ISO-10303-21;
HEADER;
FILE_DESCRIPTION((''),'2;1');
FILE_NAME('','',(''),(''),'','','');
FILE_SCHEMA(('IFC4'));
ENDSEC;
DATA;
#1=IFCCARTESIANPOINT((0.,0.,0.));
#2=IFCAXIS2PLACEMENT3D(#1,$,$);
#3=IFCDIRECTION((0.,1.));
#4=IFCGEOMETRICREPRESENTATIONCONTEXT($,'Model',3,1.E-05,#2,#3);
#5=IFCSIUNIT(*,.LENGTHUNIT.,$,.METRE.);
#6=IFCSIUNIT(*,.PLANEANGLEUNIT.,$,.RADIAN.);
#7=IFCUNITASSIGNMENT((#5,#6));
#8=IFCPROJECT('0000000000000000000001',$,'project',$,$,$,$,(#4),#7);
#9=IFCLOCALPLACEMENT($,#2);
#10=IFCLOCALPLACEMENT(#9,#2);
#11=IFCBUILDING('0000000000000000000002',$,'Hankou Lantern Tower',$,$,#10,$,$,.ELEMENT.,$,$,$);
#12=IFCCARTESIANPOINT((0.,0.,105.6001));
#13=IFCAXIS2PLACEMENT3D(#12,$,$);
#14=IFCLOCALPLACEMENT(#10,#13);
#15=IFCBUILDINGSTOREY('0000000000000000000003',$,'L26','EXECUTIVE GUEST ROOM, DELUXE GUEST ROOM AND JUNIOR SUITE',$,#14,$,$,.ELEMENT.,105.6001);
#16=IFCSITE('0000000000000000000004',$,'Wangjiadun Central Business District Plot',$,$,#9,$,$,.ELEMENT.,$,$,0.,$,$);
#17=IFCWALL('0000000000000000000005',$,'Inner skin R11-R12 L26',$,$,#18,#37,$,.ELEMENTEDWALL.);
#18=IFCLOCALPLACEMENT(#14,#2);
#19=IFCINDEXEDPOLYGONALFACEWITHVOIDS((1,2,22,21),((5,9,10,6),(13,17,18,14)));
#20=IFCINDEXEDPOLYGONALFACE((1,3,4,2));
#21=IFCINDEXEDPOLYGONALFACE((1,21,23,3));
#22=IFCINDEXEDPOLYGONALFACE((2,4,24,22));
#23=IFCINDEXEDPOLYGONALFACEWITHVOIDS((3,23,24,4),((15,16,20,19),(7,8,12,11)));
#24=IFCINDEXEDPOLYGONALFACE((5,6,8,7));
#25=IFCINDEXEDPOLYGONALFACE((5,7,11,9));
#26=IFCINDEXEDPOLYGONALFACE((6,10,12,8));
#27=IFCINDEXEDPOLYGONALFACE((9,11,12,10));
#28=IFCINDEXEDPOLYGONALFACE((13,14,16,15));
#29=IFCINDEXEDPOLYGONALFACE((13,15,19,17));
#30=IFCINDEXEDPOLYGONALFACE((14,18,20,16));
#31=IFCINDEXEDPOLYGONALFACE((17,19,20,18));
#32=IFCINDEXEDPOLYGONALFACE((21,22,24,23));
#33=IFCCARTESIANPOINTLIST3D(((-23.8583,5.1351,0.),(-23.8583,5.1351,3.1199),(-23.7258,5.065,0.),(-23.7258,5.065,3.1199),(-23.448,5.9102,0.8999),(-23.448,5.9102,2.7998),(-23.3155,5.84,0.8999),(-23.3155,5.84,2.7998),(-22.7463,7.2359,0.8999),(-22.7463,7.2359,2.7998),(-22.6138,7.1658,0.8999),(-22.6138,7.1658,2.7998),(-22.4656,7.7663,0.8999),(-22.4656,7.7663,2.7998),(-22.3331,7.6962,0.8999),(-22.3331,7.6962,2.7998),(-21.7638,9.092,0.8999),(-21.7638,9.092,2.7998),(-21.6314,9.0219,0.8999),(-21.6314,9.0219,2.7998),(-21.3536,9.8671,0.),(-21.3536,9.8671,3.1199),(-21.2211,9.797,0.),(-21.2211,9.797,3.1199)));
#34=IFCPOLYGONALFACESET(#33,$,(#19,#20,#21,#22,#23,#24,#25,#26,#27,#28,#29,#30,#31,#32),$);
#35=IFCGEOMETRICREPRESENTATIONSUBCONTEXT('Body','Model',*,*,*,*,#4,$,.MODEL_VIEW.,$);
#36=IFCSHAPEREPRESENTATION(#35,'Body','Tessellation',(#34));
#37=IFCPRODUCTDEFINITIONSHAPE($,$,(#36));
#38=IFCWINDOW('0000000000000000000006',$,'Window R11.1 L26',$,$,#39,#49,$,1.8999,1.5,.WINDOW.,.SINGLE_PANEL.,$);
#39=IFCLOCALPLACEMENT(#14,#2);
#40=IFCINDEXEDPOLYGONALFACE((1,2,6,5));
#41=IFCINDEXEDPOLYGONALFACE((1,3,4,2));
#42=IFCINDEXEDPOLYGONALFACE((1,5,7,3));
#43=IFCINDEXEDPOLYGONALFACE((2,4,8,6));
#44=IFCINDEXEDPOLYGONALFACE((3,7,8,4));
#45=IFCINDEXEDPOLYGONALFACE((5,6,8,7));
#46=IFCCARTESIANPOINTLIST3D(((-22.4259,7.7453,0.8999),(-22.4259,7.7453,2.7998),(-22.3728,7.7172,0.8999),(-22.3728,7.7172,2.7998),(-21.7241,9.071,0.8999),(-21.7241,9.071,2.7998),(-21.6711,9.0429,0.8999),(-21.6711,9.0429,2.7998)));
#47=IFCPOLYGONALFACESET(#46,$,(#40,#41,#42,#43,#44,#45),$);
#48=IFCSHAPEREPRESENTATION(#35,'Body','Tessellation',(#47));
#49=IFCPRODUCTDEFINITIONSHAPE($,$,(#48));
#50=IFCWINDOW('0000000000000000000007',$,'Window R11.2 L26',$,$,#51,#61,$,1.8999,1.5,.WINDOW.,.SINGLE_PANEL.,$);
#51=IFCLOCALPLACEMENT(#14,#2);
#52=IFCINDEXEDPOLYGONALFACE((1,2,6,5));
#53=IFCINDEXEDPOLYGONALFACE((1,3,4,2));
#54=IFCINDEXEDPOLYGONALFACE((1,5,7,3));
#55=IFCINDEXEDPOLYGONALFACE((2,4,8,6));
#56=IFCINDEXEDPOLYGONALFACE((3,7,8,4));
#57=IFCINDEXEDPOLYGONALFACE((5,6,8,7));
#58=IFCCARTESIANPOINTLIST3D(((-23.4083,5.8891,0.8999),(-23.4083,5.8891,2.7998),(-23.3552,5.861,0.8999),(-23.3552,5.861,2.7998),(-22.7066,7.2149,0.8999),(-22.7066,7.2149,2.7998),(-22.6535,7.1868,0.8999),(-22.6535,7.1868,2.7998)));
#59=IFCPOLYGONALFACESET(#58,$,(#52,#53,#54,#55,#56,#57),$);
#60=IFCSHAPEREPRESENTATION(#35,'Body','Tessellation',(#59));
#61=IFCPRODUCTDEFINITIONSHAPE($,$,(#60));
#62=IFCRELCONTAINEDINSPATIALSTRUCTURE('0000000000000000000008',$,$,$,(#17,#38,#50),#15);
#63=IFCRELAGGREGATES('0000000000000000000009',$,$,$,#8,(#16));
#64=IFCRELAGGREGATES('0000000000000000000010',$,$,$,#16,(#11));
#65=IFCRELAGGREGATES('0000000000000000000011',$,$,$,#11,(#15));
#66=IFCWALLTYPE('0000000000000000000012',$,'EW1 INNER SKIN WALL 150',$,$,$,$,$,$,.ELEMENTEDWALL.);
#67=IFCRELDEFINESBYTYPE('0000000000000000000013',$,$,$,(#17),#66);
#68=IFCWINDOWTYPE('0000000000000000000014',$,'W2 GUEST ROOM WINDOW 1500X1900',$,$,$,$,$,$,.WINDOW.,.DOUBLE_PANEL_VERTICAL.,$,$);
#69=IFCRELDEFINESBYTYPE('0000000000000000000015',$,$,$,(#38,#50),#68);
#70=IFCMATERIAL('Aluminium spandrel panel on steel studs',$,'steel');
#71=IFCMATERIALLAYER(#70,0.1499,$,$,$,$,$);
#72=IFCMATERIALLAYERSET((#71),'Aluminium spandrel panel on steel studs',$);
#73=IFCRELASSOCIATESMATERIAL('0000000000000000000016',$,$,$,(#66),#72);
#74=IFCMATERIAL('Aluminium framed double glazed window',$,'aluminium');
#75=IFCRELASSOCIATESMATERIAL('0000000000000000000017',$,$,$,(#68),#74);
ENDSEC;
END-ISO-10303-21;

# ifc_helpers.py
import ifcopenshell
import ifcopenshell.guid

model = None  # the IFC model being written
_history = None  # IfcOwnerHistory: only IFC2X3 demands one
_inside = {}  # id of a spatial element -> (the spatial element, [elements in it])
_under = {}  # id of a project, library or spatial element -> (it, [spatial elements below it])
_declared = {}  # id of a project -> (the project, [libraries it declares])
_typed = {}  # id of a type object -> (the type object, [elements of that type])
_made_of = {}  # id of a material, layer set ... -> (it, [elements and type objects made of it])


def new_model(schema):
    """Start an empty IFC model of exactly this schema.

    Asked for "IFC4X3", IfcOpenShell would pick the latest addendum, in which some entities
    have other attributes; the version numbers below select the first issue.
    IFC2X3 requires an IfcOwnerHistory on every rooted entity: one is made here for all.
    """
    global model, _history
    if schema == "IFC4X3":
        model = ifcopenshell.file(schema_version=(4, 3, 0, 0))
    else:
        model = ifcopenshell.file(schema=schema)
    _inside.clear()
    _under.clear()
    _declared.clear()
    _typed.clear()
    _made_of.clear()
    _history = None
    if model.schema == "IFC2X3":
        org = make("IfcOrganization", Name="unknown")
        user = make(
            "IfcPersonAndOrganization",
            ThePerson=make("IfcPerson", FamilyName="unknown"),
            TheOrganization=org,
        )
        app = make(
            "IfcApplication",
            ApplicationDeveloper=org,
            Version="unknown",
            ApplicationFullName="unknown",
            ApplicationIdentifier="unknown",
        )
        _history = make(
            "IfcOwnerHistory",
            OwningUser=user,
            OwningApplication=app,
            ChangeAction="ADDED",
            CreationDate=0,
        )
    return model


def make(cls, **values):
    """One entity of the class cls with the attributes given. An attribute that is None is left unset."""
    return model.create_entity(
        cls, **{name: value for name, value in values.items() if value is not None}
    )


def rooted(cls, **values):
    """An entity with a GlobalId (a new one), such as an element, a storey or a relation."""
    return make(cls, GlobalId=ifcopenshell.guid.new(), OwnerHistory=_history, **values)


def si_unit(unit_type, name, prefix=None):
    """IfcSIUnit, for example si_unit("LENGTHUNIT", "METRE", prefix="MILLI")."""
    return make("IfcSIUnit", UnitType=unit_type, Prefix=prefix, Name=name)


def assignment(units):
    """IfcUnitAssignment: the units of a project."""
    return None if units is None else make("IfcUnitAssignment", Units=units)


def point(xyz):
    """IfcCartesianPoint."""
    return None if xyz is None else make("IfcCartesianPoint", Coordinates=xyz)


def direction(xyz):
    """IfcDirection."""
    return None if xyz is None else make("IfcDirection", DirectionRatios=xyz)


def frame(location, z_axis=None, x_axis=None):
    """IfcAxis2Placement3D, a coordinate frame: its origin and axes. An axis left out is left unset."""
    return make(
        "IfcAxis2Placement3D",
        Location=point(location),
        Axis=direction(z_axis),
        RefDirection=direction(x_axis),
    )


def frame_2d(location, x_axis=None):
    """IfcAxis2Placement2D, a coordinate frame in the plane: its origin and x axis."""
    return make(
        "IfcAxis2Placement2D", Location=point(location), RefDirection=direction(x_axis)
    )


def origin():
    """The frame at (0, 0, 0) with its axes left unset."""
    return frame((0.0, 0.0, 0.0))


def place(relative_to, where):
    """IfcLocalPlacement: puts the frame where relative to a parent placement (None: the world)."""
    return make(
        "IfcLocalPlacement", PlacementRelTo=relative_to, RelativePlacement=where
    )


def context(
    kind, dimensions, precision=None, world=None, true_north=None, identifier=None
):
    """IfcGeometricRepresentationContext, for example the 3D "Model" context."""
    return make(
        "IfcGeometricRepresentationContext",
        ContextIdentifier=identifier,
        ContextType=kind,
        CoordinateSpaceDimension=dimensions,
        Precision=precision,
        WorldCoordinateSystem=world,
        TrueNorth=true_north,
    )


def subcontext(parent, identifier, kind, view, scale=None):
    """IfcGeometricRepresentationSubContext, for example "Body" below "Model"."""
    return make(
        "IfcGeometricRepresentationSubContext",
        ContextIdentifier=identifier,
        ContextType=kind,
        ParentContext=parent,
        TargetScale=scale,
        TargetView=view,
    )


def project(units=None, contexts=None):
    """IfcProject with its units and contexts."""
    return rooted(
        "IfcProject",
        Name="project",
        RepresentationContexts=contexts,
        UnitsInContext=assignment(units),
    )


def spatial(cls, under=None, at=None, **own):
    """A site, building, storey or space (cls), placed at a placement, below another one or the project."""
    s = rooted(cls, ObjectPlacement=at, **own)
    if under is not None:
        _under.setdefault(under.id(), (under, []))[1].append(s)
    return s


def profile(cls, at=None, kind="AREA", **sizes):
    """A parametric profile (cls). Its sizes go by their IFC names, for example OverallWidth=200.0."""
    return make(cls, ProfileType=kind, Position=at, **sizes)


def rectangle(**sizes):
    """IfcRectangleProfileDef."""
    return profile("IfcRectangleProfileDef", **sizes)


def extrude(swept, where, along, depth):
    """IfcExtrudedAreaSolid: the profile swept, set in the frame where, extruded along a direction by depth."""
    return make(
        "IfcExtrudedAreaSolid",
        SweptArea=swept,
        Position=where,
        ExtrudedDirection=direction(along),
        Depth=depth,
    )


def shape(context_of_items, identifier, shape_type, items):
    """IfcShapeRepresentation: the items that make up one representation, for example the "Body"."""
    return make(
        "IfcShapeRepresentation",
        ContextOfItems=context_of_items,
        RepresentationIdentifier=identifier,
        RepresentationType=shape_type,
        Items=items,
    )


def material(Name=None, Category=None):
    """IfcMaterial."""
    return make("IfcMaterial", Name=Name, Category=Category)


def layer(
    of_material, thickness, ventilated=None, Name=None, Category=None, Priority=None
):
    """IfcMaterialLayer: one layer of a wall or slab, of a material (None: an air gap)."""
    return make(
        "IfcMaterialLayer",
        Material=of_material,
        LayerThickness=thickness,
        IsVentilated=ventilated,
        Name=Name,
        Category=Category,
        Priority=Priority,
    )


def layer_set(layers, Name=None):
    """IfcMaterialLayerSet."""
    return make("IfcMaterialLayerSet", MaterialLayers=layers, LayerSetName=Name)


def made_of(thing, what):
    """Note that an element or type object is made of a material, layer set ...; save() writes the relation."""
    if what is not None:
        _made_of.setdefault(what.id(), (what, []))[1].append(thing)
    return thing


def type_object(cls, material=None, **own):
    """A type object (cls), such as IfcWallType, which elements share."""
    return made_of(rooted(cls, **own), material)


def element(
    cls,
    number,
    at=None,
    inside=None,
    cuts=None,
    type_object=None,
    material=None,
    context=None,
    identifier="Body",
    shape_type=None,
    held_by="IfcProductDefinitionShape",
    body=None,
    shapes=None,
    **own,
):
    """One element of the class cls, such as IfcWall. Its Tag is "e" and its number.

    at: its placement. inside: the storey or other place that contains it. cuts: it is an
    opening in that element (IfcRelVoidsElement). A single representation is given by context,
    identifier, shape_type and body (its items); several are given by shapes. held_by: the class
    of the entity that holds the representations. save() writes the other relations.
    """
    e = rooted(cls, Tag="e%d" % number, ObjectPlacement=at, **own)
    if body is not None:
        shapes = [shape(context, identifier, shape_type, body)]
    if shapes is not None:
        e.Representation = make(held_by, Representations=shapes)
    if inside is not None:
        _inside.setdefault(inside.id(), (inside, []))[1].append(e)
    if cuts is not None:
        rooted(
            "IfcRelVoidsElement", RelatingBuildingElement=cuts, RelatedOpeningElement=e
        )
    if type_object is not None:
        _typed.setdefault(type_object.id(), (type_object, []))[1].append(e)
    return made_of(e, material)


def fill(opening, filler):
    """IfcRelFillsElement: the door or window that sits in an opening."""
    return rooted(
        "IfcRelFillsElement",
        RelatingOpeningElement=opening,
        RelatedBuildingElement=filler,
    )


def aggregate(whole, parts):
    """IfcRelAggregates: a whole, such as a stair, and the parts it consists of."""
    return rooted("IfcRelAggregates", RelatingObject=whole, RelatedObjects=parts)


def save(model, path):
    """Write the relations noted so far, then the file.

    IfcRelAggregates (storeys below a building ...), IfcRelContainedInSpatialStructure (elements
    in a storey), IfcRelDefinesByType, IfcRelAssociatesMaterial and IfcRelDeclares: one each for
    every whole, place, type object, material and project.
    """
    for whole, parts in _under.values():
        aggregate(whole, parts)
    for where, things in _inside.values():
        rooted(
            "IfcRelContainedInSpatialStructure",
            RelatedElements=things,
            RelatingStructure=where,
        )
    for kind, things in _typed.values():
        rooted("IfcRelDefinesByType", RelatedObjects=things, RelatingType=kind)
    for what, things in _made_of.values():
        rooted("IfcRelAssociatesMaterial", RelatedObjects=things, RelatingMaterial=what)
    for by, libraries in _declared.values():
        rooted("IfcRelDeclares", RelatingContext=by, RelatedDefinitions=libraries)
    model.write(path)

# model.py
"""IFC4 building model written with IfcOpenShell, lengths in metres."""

from ifc_helpers import new_model, si_unit, direction, frame, frame_2d, origin, place, context, subcontext, project, spatial, rectangle, extrude, material, layer, layer_set, type_object, element, fill, save


model = new_model("IFC4")

# Units and contexts
model_context = context("Model", 3, precision=1e-05, world=origin(), true_north=direction((0.0, 1.0)))
body_context = subcontext(model_context, "Body", "Model", "MODEL_VIEW")
ifc_project = project(units=[si_unit("LENGTHUNIT", "METRE"), si_unit("PLANEANGLEUNIT", "RADIAN")], contexts=[model_context])

# Site, building, storey
site_placement = place(None, origin())
site = spatial("IfcSite", under=ifc_project, at=site_placement, Name="Wangjiadun Central Business District Plot", CompositionType="ELEMENT", RefElevation=0.0)
building_placement = place(site_placement, origin())
building = spatial("IfcBuilding", under=site, at=building_placement, Name="Hankou Lantern Tower", CompositionType="ELEMENT")
storey_placement = place(building_placement, frame((0.0, 0.0, 105.6001)))
storey = spatial("IfcBuildingStorey", under=building, at=storey_placement, Name="L26", Description="EXECUTIVE GUEST ROOM, DELUXE GUEST ROOM AND JUNIOR SUITE", CompositionType="ELEMENT", Elevation=105.6001)

# Wall, openings, windows
ifc_material_1 = material(Name="Aluminium spandrel panel on steel studs", Category="steel")
ifc_layer_1 = layer(ifc_material_1, 0.1499)
ifc_layer_set_1 = layer_set([ifc_layer_1], Name="Aluminium spandrel panel on steel studs")
wall_type = type_object("IfcWallType", Name="EW1 INNER SKIN WALL 150", PredefinedType="ELEMENTEDWALL", material=ifc_layer_set_1)
ifc_material_2 = material(Name="Aluminium framed double glazed window", Category="aluminium")
window_type = type_object("IfcWindowType", Name="W2 GUEST ROOM WINDOW 1500X1900", PartitioningType="DOUBLE_PANEL_VERTICAL", PredefinedType="WINDOW", material=ifc_material_2)
wall_1_placement = place(storey_placement, frame((-21.2874, 9.832, 0.0), z_axis=(0.0, 0.0, 1.0), x_axis=(-0.467814, -0.883827, 0.0)))
wall_1 = element("IfcWall", 1, at=wall_1_placement, inside=storey, type_object=wall_type, Name="Inner skin R11-R12 L26", PredefinedType="ELEMENTEDWALL", context=body_context, shape_type="SweptSolid", body=[
    extrude(rectangle(XDim=5.354, YDim=0.1499, at=frame_2d((2.677, 0.0))), origin(), (0.0, 0.0, 1.0), 3.1199),
])
opening_1_placement = place(wall_1_placement, frame((0.877, 0.0, 0.8999)))
opening_1 = element("IfcOpeningElement", 2, at=opening_1_placement, cuts=wall_1, PredefinedType="OPENING", context=body_context, shape_type="SweptSolid", body=[
    extrude(rectangle(XDim=1.5, YDim=1.8999, at=frame_2d((0.75, 0.95))), frame((0.0, 0.085, 0.0), z_axis=(0.0, -1.0, 0.0), x_axis=(1.0, 0.0, 0.0)), (0.0, 0.0, 1.0), 0.1699),
])
opening_2_placement = place(wall_1_placement, frame((2.9771, 0.0, 0.8999)))
opening_2 = element("IfcOpeningElement", 3, at=opening_2_placement, cuts=wall_1, PredefinedType="OPENING", context=body_context, shape_type="SweptSolid", body=[
    extrude(rectangle(XDim=1.5, YDim=1.8999, at=frame_2d((0.75, 0.95))), frame((0.0, 0.085, 0.0), z_axis=(0.0, -1.0, 0.0), x_axis=(1.0, 0.0, 0.0)), (0.0, 0.0, 1.0), 0.1699),
])
window_1_placement = place(opening_1_placement, origin())
window_1 = element("IfcWindow", 4, at=window_1_placement, inside=storey, type_object=window_type, Name="Window R11.1 L26", OverallHeight=1.8999, OverallWidth=1.5, PartitioningType="SINGLE_PANEL", PredefinedType="WINDOW", context=body_context, shape_type="SweptSolid", body=[
    extrude(rectangle(XDim=1.5, YDim=1.8999, at=frame_2d((0.75, 0.95))), frame((0.0, 0.03, 0.0), z_axis=(0.0, -1.0, 0.0), x_axis=(1.0, 0.0, 0.0)), (0.0, 0.0, 1.0), 0.0601),
])
fill(opening_1, window_1)
window_2_placement = place(opening_2_placement, origin())
window_2 = element("IfcWindow", 5, at=window_2_placement, inside=storey, type_object=window_type, Name="Window R11.2 L26", OverallHeight=1.8999, OverallWidth=1.5, PartitioningType="SINGLE_PANEL", PredefinedType="WINDOW", context=body_context, shape_type="SweptSolid", body=[
    extrude(rectangle(XDim=1.5, YDim=1.8999, at=frame_2d((0.75, 0.95))), frame((0.0, 0.03, 0.0), z_axis=(0.0, -1.0, 0.0), x_axis=(1.0, 0.0, 0.0)), (0.0, 0.0, 1.0), 0.0601),
])
fill(opening_2, window_2)

save(model, "model.ifc")
